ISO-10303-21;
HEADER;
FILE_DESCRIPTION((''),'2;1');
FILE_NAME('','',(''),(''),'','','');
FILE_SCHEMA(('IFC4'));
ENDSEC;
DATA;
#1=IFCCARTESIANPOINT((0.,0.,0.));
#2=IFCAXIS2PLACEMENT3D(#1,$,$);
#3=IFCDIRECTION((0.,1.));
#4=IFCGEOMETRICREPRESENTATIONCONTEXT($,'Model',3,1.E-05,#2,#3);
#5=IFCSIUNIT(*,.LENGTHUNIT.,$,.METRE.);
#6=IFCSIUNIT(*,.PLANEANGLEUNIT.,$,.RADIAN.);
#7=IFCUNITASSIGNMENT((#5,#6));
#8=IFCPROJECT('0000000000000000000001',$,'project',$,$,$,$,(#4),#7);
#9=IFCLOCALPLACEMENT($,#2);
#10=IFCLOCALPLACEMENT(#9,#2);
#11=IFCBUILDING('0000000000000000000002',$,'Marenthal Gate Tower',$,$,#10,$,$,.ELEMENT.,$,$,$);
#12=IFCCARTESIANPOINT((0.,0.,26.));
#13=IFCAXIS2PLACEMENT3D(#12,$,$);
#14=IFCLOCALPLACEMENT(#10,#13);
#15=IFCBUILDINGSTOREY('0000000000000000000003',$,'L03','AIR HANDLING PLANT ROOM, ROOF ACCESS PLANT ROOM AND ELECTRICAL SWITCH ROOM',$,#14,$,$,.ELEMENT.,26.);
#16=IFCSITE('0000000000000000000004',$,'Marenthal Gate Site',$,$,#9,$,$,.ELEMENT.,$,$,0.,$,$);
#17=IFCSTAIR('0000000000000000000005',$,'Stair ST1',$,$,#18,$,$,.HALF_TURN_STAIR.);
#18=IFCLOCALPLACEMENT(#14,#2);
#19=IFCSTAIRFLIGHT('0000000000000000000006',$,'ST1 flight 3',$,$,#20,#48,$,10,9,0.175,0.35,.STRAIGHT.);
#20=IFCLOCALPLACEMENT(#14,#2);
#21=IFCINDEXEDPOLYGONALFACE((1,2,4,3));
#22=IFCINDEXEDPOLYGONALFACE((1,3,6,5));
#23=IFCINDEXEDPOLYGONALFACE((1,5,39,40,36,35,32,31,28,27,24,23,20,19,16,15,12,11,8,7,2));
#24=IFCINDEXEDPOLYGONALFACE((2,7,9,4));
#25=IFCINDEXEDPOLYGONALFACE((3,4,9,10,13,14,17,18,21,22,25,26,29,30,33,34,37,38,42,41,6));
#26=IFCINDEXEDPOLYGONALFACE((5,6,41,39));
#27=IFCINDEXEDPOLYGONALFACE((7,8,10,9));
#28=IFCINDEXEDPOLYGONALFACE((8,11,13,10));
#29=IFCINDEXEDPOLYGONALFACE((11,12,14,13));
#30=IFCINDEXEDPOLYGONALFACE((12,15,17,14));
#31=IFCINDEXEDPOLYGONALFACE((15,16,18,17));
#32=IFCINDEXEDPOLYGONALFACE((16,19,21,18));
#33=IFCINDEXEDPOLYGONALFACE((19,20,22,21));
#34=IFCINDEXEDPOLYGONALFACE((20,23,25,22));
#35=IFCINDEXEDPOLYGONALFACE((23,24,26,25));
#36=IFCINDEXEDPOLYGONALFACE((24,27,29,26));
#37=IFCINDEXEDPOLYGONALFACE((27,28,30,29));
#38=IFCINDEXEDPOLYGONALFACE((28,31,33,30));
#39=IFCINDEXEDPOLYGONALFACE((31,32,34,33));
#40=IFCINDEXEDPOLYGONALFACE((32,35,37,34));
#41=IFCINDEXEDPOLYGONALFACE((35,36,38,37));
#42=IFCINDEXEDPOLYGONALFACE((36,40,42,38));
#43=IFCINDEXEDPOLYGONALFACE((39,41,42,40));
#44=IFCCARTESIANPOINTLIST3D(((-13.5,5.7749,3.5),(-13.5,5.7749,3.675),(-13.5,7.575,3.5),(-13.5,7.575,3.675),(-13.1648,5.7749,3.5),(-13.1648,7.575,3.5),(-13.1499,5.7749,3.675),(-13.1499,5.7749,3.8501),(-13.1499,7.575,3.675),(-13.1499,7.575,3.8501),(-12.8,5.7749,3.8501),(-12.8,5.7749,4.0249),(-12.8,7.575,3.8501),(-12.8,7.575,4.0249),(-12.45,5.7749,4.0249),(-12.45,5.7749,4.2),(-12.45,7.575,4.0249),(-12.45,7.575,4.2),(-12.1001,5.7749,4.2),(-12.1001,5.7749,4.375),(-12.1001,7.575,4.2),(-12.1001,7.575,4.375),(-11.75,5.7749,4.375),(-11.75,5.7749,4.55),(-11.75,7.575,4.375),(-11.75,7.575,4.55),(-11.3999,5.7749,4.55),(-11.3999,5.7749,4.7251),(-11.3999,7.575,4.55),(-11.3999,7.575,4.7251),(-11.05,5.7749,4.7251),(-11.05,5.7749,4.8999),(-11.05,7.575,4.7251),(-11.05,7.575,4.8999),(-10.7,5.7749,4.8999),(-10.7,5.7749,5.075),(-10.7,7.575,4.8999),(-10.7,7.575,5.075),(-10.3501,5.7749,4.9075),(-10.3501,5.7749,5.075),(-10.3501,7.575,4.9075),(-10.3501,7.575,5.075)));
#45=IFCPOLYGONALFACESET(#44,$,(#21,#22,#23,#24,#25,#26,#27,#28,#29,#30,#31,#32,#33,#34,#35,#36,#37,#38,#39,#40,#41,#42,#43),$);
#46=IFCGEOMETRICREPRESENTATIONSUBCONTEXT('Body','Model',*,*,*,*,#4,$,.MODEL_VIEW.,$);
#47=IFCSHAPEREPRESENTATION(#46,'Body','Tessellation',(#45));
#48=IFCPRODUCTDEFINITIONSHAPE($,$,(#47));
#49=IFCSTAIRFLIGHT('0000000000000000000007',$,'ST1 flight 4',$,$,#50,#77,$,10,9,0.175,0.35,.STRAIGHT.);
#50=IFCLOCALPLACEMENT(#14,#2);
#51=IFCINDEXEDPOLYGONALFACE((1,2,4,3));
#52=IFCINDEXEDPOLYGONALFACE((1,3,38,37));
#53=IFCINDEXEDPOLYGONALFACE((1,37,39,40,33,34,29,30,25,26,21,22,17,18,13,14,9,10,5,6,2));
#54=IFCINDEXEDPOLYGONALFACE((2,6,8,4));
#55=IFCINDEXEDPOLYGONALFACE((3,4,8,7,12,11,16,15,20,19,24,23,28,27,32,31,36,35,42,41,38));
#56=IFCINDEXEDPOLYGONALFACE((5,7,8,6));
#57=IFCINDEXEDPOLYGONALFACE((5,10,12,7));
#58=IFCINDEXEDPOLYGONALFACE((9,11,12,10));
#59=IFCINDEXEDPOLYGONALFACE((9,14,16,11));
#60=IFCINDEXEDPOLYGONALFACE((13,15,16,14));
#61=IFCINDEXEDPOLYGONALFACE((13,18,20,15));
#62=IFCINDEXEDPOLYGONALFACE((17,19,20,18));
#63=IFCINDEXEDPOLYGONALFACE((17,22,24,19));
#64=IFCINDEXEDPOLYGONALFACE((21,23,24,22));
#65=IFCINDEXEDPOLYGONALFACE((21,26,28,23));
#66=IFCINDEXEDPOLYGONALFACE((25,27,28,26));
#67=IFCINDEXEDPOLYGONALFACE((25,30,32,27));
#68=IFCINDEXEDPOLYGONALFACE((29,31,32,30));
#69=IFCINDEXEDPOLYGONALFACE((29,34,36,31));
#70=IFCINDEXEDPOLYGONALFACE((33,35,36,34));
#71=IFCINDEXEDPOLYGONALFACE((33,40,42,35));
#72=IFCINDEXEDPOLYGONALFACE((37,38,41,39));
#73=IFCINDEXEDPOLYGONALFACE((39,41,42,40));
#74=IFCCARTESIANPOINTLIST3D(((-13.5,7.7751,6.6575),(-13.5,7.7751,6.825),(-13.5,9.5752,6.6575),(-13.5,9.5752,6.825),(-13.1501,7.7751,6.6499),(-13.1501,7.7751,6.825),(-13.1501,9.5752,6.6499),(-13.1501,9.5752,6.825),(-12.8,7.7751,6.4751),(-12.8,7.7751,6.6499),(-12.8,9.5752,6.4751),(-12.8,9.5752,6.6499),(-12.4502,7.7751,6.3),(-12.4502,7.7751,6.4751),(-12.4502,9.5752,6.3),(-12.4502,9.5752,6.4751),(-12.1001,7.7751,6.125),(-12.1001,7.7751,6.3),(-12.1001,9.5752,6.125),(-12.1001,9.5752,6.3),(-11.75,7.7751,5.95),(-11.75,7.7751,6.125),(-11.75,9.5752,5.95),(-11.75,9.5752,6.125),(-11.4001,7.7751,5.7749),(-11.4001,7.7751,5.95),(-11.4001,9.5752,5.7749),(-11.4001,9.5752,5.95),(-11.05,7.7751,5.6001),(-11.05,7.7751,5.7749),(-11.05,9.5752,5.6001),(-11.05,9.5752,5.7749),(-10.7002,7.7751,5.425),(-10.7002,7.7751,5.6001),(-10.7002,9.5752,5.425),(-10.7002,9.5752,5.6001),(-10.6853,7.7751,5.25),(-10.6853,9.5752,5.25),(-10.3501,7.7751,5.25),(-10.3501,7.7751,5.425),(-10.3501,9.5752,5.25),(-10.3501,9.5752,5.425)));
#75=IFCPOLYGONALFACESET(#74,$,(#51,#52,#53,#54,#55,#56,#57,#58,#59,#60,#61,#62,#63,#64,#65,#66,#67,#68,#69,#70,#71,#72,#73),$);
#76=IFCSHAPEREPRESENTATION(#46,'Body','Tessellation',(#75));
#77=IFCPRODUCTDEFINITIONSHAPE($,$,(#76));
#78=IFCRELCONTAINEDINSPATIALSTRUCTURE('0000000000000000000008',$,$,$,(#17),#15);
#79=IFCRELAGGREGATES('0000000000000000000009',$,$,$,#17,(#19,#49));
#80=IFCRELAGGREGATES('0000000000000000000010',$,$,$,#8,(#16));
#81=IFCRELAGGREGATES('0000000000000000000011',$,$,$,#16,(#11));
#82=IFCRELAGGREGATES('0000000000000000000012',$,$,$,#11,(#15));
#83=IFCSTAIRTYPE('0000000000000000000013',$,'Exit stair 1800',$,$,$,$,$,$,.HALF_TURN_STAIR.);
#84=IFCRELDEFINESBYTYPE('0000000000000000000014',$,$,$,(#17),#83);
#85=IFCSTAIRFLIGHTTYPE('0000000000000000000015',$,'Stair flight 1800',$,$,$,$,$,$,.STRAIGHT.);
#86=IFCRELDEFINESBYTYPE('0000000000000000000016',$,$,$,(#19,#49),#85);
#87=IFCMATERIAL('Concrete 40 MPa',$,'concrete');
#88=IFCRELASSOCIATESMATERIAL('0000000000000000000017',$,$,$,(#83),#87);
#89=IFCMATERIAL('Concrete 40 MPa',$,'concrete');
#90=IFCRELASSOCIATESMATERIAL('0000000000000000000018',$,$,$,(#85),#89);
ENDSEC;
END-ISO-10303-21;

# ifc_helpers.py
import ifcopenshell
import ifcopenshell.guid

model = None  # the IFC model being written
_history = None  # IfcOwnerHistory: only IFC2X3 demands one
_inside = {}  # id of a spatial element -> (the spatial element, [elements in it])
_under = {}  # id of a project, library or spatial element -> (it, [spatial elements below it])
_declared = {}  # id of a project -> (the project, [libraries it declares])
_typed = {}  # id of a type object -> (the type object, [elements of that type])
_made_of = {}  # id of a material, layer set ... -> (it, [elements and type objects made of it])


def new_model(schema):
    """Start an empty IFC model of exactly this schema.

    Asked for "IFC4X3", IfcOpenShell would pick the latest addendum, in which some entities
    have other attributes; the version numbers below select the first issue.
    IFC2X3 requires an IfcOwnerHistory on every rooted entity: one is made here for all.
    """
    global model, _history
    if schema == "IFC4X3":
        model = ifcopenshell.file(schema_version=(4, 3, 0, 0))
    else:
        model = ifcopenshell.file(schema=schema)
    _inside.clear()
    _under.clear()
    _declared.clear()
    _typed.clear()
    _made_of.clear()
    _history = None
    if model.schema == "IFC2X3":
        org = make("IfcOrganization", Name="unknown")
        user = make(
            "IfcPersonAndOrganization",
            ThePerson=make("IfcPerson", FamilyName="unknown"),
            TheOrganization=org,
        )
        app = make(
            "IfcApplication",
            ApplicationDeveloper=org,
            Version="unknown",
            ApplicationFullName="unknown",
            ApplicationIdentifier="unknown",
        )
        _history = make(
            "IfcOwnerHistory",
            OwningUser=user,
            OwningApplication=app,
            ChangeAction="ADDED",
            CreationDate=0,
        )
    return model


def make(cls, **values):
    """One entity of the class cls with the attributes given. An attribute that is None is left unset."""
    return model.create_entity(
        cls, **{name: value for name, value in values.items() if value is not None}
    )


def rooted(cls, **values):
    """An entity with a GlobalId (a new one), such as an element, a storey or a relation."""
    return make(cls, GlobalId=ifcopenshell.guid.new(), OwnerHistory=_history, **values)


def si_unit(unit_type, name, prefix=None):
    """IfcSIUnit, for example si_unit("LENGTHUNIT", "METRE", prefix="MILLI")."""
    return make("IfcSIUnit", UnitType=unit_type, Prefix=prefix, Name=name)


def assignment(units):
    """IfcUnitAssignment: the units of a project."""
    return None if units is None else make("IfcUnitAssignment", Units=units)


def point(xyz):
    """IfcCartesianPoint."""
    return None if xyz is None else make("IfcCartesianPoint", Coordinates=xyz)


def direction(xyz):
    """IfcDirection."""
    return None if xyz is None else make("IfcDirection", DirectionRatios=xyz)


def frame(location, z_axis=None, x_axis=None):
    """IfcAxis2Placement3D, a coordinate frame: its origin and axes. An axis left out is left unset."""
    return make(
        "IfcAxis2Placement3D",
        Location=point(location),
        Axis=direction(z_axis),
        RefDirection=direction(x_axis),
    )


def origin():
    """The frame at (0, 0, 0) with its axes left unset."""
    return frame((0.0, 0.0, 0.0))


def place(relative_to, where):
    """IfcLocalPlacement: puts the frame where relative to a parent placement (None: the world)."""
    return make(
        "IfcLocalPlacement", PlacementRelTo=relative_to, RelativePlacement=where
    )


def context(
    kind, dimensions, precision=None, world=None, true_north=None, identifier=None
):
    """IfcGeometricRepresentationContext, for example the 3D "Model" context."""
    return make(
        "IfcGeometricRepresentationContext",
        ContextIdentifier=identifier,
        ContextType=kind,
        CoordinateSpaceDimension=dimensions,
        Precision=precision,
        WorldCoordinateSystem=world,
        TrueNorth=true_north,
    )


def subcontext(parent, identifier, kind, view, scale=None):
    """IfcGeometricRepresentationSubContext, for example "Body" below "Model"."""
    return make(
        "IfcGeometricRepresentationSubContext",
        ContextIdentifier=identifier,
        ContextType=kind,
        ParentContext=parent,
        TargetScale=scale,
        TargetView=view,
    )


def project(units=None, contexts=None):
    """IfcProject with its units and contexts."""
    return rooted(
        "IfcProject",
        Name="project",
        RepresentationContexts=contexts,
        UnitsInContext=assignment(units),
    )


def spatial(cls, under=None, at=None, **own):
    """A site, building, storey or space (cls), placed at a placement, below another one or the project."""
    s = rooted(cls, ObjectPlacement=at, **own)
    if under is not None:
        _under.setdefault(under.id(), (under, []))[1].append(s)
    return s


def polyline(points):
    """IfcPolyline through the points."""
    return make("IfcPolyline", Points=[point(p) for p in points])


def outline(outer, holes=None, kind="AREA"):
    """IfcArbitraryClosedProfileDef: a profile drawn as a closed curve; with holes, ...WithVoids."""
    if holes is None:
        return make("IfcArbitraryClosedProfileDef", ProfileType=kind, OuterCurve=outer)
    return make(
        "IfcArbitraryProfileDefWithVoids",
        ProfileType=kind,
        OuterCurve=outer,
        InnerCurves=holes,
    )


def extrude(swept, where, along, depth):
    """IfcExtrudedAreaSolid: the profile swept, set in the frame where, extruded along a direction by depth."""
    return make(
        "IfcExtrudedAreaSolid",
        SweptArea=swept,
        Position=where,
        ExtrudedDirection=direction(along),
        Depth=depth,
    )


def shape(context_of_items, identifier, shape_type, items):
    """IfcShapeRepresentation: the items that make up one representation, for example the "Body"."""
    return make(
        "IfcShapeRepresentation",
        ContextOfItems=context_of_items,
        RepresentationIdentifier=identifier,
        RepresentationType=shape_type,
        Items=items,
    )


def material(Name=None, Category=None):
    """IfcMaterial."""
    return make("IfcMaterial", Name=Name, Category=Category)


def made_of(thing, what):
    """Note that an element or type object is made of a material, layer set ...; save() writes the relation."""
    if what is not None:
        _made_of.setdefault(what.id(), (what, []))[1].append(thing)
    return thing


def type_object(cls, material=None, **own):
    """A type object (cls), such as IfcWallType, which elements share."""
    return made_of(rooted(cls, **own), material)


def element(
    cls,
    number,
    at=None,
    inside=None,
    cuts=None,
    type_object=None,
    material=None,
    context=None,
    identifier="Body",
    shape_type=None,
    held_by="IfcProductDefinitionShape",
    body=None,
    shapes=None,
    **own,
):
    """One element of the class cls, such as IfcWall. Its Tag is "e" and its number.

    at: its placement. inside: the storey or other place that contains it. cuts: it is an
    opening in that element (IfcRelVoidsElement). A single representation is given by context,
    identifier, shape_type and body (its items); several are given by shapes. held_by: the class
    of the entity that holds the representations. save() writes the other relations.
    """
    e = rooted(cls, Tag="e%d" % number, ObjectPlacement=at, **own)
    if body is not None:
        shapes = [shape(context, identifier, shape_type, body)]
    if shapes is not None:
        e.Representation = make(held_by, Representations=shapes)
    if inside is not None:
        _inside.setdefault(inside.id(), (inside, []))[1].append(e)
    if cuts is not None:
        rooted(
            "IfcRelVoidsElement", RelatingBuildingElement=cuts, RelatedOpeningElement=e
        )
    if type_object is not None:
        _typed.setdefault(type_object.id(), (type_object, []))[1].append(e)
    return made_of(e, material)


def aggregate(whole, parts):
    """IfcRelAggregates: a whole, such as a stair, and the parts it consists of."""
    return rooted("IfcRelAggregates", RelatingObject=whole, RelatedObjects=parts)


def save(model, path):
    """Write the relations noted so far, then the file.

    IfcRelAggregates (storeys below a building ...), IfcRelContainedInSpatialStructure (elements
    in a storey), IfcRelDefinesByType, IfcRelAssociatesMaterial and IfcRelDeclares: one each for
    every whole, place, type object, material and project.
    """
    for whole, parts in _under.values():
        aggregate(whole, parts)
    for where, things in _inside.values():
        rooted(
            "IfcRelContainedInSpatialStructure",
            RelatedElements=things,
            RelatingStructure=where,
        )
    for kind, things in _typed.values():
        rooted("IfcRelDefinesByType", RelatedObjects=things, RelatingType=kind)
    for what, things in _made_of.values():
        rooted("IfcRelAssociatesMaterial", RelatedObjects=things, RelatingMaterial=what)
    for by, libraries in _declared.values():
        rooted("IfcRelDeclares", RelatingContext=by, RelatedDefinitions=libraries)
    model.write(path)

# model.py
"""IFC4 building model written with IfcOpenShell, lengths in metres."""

from ifc_helpers import new_model, si_unit, direction, frame, origin, place, context, subcontext, project, spatial, polyline, outline, extrude, material, type_object, element, aggregate, save


model = new_model("IFC4")

# Units and contexts
model_context = context("Model", 3, precision=1e-05, world=origin(), true_north=direction((0.0, 1.0)))
body_context = subcontext(model_context, "Body", "Model", "MODEL_VIEW")
ifc_project = project(units=[si_unit("LENGTHUNIT", "METRE"), si_unit("PLANEANGLEUNIT", "RADIAN")], contexts=[model_context])

# Site, building, storey
site_placement = place(None, origin())
site = spatial("IfcSite", under=ifc_project, at=site_placement, Name="Marenthal Gate Site", CompositionType="ELEMENT", RefElevation=0.0)
building_placement = place(site_placement, origin())
building = spatial("IfcBuilding", under=site, at=building_placement, Name="Marenthal Gate Tower", CompositionType="ELEMENT")
storey_placement = place(building_placement, frame((0.0, 0.0, 26.0)))
storey = spatial("IfcBuildingStorey", under=building, at=storey_placement, Name="L03", Description="AIR HANDLING PLANT ROOM, ROOF ACCESS PLANT ROOM AND ELECTRICAL SWITCH ROOM", CompositionType="ELEMENT", Elevation=26.0)

# Stair, stair flights
ifc_material_1 = material(Name="Concrete 40 MPa", Category="concrete")
stair_type = type_object("IfcStairType", Name="Exit stair 1800", PredefinedType="HALF_TURN_STAIR", material=ifc_material_1)
stair_placement = place(storey_placement, origin())
stair = element("IfcStair", 1, at=stair_placement, inside=storey, type_object=stair_type, Name="Stair ST1", PredefinedType="HALF_TURN_STAIR")
ifc_material_2 = material(Name="Concrete 40 MPa", Category="concrete")
stair_flight_type = type_object("IfcStairFlightType", Name="Stair flight 1800", PredefinedType="STRAIGHT", material=ifc_material_2)
stair_flight_1_placement = place(storey_placement, frame((-13.5, 6.675, 3.5), z_axis=(0.0, 0.0, 1.0), x_axis=(1.0, 0.0, 0.0)))
stair_flight_1 = element("IfcStairFlight", 2, at=stair_flight_1_placement, type_object=stair_flight_type, Name="ST1 flight 3", NumberOfRisers=10, NumberOfTreads=9, PredefinedType="STRAIGHT", RiserHeight=0.175, TreadLength=0.35, context=body_context, shape_type="SweptSolid", body=[
    extrude(outline(polyline([(0.0, 0.0), (0.0, 0.175), (0.3501, 0.175), (0.3501, 0.3501), (0.7, 0.3501), (0.7, 0.5249), (1.05, 0.5249), (1.05, 0.7), (1.3999, 0.7), (1.3999, 0.875), (1.75, 0.875), (1.75, 1.05), (2.1001, 1.05), (2.1001, 1.2251), (2.45, 1.2251), (2.45, 1.3999), (2.8, 1.3999), (2.8, 1.575), (3.1499, 1.575), (3.1499, 1.75), (3.1499, 1.4075), (0.3352, 0.0), (0.0, 0.0)])), frame((0.0, 0.8999, 0.0), z_axis=(0.0, -1.0, 0.0), x_axis=(1.0, 0.0, 0.0)), (0.0, 0.0, 1.0), 1.8),
])
stair_flight_2_placement = place(storey_placement, frame((-10.3501, 8.675, 5.25), z_axis=(0.0, 0.0, 1.0), x_axis=(-1.0, 0.0, 0.0)))
stair_flight_2 = element("IfcStairFlight", 3, at=stair_flight_2_placement, type_object=stair_flight_type, Name="ST1 flight 4", NumberOfRisers=10, NumberOfTreads=9, PredefinedType="STRAIGHT", RiserHeight=0.175, TreadLength=0.35, context=body_context, shape_type="SweptSolid", body=[
    extrude(outline(polyline([(0.0, 0.0), (0.0, 0.175), (0.3501, 0.175), (0.3501, 0.3501), (0.7, 0.3501), (0.7, 0.5249), (1.05, 0.5249), (1.05, 0.7), (1.3999, 0.7), (1.3999, 0.875), (1.75, 0.875), (1.75, 1.05), (2.1001, 1.05), (2.1001, 1.2251), (2.45, 1.2251), (2.45, 1.3999), (2.8, 1.3999), (2.8, 1.575), (3.1499, 1.575), (3.1499, 1.75), (3.1499, 1.4075), (0.3352, 0.0), (0.0, 0.0)])), frame((0.0, 0.8999, 0.0), z_axis=(0.0, -1.0, 0.0), x_axis=(1.0, 0.0, 0.0)), (0.0, 0.0, 1.0), 1.8),
])
aggregate(stair, [stair_flight_1, stair_flight_2])

save(model, "model.ifc")
